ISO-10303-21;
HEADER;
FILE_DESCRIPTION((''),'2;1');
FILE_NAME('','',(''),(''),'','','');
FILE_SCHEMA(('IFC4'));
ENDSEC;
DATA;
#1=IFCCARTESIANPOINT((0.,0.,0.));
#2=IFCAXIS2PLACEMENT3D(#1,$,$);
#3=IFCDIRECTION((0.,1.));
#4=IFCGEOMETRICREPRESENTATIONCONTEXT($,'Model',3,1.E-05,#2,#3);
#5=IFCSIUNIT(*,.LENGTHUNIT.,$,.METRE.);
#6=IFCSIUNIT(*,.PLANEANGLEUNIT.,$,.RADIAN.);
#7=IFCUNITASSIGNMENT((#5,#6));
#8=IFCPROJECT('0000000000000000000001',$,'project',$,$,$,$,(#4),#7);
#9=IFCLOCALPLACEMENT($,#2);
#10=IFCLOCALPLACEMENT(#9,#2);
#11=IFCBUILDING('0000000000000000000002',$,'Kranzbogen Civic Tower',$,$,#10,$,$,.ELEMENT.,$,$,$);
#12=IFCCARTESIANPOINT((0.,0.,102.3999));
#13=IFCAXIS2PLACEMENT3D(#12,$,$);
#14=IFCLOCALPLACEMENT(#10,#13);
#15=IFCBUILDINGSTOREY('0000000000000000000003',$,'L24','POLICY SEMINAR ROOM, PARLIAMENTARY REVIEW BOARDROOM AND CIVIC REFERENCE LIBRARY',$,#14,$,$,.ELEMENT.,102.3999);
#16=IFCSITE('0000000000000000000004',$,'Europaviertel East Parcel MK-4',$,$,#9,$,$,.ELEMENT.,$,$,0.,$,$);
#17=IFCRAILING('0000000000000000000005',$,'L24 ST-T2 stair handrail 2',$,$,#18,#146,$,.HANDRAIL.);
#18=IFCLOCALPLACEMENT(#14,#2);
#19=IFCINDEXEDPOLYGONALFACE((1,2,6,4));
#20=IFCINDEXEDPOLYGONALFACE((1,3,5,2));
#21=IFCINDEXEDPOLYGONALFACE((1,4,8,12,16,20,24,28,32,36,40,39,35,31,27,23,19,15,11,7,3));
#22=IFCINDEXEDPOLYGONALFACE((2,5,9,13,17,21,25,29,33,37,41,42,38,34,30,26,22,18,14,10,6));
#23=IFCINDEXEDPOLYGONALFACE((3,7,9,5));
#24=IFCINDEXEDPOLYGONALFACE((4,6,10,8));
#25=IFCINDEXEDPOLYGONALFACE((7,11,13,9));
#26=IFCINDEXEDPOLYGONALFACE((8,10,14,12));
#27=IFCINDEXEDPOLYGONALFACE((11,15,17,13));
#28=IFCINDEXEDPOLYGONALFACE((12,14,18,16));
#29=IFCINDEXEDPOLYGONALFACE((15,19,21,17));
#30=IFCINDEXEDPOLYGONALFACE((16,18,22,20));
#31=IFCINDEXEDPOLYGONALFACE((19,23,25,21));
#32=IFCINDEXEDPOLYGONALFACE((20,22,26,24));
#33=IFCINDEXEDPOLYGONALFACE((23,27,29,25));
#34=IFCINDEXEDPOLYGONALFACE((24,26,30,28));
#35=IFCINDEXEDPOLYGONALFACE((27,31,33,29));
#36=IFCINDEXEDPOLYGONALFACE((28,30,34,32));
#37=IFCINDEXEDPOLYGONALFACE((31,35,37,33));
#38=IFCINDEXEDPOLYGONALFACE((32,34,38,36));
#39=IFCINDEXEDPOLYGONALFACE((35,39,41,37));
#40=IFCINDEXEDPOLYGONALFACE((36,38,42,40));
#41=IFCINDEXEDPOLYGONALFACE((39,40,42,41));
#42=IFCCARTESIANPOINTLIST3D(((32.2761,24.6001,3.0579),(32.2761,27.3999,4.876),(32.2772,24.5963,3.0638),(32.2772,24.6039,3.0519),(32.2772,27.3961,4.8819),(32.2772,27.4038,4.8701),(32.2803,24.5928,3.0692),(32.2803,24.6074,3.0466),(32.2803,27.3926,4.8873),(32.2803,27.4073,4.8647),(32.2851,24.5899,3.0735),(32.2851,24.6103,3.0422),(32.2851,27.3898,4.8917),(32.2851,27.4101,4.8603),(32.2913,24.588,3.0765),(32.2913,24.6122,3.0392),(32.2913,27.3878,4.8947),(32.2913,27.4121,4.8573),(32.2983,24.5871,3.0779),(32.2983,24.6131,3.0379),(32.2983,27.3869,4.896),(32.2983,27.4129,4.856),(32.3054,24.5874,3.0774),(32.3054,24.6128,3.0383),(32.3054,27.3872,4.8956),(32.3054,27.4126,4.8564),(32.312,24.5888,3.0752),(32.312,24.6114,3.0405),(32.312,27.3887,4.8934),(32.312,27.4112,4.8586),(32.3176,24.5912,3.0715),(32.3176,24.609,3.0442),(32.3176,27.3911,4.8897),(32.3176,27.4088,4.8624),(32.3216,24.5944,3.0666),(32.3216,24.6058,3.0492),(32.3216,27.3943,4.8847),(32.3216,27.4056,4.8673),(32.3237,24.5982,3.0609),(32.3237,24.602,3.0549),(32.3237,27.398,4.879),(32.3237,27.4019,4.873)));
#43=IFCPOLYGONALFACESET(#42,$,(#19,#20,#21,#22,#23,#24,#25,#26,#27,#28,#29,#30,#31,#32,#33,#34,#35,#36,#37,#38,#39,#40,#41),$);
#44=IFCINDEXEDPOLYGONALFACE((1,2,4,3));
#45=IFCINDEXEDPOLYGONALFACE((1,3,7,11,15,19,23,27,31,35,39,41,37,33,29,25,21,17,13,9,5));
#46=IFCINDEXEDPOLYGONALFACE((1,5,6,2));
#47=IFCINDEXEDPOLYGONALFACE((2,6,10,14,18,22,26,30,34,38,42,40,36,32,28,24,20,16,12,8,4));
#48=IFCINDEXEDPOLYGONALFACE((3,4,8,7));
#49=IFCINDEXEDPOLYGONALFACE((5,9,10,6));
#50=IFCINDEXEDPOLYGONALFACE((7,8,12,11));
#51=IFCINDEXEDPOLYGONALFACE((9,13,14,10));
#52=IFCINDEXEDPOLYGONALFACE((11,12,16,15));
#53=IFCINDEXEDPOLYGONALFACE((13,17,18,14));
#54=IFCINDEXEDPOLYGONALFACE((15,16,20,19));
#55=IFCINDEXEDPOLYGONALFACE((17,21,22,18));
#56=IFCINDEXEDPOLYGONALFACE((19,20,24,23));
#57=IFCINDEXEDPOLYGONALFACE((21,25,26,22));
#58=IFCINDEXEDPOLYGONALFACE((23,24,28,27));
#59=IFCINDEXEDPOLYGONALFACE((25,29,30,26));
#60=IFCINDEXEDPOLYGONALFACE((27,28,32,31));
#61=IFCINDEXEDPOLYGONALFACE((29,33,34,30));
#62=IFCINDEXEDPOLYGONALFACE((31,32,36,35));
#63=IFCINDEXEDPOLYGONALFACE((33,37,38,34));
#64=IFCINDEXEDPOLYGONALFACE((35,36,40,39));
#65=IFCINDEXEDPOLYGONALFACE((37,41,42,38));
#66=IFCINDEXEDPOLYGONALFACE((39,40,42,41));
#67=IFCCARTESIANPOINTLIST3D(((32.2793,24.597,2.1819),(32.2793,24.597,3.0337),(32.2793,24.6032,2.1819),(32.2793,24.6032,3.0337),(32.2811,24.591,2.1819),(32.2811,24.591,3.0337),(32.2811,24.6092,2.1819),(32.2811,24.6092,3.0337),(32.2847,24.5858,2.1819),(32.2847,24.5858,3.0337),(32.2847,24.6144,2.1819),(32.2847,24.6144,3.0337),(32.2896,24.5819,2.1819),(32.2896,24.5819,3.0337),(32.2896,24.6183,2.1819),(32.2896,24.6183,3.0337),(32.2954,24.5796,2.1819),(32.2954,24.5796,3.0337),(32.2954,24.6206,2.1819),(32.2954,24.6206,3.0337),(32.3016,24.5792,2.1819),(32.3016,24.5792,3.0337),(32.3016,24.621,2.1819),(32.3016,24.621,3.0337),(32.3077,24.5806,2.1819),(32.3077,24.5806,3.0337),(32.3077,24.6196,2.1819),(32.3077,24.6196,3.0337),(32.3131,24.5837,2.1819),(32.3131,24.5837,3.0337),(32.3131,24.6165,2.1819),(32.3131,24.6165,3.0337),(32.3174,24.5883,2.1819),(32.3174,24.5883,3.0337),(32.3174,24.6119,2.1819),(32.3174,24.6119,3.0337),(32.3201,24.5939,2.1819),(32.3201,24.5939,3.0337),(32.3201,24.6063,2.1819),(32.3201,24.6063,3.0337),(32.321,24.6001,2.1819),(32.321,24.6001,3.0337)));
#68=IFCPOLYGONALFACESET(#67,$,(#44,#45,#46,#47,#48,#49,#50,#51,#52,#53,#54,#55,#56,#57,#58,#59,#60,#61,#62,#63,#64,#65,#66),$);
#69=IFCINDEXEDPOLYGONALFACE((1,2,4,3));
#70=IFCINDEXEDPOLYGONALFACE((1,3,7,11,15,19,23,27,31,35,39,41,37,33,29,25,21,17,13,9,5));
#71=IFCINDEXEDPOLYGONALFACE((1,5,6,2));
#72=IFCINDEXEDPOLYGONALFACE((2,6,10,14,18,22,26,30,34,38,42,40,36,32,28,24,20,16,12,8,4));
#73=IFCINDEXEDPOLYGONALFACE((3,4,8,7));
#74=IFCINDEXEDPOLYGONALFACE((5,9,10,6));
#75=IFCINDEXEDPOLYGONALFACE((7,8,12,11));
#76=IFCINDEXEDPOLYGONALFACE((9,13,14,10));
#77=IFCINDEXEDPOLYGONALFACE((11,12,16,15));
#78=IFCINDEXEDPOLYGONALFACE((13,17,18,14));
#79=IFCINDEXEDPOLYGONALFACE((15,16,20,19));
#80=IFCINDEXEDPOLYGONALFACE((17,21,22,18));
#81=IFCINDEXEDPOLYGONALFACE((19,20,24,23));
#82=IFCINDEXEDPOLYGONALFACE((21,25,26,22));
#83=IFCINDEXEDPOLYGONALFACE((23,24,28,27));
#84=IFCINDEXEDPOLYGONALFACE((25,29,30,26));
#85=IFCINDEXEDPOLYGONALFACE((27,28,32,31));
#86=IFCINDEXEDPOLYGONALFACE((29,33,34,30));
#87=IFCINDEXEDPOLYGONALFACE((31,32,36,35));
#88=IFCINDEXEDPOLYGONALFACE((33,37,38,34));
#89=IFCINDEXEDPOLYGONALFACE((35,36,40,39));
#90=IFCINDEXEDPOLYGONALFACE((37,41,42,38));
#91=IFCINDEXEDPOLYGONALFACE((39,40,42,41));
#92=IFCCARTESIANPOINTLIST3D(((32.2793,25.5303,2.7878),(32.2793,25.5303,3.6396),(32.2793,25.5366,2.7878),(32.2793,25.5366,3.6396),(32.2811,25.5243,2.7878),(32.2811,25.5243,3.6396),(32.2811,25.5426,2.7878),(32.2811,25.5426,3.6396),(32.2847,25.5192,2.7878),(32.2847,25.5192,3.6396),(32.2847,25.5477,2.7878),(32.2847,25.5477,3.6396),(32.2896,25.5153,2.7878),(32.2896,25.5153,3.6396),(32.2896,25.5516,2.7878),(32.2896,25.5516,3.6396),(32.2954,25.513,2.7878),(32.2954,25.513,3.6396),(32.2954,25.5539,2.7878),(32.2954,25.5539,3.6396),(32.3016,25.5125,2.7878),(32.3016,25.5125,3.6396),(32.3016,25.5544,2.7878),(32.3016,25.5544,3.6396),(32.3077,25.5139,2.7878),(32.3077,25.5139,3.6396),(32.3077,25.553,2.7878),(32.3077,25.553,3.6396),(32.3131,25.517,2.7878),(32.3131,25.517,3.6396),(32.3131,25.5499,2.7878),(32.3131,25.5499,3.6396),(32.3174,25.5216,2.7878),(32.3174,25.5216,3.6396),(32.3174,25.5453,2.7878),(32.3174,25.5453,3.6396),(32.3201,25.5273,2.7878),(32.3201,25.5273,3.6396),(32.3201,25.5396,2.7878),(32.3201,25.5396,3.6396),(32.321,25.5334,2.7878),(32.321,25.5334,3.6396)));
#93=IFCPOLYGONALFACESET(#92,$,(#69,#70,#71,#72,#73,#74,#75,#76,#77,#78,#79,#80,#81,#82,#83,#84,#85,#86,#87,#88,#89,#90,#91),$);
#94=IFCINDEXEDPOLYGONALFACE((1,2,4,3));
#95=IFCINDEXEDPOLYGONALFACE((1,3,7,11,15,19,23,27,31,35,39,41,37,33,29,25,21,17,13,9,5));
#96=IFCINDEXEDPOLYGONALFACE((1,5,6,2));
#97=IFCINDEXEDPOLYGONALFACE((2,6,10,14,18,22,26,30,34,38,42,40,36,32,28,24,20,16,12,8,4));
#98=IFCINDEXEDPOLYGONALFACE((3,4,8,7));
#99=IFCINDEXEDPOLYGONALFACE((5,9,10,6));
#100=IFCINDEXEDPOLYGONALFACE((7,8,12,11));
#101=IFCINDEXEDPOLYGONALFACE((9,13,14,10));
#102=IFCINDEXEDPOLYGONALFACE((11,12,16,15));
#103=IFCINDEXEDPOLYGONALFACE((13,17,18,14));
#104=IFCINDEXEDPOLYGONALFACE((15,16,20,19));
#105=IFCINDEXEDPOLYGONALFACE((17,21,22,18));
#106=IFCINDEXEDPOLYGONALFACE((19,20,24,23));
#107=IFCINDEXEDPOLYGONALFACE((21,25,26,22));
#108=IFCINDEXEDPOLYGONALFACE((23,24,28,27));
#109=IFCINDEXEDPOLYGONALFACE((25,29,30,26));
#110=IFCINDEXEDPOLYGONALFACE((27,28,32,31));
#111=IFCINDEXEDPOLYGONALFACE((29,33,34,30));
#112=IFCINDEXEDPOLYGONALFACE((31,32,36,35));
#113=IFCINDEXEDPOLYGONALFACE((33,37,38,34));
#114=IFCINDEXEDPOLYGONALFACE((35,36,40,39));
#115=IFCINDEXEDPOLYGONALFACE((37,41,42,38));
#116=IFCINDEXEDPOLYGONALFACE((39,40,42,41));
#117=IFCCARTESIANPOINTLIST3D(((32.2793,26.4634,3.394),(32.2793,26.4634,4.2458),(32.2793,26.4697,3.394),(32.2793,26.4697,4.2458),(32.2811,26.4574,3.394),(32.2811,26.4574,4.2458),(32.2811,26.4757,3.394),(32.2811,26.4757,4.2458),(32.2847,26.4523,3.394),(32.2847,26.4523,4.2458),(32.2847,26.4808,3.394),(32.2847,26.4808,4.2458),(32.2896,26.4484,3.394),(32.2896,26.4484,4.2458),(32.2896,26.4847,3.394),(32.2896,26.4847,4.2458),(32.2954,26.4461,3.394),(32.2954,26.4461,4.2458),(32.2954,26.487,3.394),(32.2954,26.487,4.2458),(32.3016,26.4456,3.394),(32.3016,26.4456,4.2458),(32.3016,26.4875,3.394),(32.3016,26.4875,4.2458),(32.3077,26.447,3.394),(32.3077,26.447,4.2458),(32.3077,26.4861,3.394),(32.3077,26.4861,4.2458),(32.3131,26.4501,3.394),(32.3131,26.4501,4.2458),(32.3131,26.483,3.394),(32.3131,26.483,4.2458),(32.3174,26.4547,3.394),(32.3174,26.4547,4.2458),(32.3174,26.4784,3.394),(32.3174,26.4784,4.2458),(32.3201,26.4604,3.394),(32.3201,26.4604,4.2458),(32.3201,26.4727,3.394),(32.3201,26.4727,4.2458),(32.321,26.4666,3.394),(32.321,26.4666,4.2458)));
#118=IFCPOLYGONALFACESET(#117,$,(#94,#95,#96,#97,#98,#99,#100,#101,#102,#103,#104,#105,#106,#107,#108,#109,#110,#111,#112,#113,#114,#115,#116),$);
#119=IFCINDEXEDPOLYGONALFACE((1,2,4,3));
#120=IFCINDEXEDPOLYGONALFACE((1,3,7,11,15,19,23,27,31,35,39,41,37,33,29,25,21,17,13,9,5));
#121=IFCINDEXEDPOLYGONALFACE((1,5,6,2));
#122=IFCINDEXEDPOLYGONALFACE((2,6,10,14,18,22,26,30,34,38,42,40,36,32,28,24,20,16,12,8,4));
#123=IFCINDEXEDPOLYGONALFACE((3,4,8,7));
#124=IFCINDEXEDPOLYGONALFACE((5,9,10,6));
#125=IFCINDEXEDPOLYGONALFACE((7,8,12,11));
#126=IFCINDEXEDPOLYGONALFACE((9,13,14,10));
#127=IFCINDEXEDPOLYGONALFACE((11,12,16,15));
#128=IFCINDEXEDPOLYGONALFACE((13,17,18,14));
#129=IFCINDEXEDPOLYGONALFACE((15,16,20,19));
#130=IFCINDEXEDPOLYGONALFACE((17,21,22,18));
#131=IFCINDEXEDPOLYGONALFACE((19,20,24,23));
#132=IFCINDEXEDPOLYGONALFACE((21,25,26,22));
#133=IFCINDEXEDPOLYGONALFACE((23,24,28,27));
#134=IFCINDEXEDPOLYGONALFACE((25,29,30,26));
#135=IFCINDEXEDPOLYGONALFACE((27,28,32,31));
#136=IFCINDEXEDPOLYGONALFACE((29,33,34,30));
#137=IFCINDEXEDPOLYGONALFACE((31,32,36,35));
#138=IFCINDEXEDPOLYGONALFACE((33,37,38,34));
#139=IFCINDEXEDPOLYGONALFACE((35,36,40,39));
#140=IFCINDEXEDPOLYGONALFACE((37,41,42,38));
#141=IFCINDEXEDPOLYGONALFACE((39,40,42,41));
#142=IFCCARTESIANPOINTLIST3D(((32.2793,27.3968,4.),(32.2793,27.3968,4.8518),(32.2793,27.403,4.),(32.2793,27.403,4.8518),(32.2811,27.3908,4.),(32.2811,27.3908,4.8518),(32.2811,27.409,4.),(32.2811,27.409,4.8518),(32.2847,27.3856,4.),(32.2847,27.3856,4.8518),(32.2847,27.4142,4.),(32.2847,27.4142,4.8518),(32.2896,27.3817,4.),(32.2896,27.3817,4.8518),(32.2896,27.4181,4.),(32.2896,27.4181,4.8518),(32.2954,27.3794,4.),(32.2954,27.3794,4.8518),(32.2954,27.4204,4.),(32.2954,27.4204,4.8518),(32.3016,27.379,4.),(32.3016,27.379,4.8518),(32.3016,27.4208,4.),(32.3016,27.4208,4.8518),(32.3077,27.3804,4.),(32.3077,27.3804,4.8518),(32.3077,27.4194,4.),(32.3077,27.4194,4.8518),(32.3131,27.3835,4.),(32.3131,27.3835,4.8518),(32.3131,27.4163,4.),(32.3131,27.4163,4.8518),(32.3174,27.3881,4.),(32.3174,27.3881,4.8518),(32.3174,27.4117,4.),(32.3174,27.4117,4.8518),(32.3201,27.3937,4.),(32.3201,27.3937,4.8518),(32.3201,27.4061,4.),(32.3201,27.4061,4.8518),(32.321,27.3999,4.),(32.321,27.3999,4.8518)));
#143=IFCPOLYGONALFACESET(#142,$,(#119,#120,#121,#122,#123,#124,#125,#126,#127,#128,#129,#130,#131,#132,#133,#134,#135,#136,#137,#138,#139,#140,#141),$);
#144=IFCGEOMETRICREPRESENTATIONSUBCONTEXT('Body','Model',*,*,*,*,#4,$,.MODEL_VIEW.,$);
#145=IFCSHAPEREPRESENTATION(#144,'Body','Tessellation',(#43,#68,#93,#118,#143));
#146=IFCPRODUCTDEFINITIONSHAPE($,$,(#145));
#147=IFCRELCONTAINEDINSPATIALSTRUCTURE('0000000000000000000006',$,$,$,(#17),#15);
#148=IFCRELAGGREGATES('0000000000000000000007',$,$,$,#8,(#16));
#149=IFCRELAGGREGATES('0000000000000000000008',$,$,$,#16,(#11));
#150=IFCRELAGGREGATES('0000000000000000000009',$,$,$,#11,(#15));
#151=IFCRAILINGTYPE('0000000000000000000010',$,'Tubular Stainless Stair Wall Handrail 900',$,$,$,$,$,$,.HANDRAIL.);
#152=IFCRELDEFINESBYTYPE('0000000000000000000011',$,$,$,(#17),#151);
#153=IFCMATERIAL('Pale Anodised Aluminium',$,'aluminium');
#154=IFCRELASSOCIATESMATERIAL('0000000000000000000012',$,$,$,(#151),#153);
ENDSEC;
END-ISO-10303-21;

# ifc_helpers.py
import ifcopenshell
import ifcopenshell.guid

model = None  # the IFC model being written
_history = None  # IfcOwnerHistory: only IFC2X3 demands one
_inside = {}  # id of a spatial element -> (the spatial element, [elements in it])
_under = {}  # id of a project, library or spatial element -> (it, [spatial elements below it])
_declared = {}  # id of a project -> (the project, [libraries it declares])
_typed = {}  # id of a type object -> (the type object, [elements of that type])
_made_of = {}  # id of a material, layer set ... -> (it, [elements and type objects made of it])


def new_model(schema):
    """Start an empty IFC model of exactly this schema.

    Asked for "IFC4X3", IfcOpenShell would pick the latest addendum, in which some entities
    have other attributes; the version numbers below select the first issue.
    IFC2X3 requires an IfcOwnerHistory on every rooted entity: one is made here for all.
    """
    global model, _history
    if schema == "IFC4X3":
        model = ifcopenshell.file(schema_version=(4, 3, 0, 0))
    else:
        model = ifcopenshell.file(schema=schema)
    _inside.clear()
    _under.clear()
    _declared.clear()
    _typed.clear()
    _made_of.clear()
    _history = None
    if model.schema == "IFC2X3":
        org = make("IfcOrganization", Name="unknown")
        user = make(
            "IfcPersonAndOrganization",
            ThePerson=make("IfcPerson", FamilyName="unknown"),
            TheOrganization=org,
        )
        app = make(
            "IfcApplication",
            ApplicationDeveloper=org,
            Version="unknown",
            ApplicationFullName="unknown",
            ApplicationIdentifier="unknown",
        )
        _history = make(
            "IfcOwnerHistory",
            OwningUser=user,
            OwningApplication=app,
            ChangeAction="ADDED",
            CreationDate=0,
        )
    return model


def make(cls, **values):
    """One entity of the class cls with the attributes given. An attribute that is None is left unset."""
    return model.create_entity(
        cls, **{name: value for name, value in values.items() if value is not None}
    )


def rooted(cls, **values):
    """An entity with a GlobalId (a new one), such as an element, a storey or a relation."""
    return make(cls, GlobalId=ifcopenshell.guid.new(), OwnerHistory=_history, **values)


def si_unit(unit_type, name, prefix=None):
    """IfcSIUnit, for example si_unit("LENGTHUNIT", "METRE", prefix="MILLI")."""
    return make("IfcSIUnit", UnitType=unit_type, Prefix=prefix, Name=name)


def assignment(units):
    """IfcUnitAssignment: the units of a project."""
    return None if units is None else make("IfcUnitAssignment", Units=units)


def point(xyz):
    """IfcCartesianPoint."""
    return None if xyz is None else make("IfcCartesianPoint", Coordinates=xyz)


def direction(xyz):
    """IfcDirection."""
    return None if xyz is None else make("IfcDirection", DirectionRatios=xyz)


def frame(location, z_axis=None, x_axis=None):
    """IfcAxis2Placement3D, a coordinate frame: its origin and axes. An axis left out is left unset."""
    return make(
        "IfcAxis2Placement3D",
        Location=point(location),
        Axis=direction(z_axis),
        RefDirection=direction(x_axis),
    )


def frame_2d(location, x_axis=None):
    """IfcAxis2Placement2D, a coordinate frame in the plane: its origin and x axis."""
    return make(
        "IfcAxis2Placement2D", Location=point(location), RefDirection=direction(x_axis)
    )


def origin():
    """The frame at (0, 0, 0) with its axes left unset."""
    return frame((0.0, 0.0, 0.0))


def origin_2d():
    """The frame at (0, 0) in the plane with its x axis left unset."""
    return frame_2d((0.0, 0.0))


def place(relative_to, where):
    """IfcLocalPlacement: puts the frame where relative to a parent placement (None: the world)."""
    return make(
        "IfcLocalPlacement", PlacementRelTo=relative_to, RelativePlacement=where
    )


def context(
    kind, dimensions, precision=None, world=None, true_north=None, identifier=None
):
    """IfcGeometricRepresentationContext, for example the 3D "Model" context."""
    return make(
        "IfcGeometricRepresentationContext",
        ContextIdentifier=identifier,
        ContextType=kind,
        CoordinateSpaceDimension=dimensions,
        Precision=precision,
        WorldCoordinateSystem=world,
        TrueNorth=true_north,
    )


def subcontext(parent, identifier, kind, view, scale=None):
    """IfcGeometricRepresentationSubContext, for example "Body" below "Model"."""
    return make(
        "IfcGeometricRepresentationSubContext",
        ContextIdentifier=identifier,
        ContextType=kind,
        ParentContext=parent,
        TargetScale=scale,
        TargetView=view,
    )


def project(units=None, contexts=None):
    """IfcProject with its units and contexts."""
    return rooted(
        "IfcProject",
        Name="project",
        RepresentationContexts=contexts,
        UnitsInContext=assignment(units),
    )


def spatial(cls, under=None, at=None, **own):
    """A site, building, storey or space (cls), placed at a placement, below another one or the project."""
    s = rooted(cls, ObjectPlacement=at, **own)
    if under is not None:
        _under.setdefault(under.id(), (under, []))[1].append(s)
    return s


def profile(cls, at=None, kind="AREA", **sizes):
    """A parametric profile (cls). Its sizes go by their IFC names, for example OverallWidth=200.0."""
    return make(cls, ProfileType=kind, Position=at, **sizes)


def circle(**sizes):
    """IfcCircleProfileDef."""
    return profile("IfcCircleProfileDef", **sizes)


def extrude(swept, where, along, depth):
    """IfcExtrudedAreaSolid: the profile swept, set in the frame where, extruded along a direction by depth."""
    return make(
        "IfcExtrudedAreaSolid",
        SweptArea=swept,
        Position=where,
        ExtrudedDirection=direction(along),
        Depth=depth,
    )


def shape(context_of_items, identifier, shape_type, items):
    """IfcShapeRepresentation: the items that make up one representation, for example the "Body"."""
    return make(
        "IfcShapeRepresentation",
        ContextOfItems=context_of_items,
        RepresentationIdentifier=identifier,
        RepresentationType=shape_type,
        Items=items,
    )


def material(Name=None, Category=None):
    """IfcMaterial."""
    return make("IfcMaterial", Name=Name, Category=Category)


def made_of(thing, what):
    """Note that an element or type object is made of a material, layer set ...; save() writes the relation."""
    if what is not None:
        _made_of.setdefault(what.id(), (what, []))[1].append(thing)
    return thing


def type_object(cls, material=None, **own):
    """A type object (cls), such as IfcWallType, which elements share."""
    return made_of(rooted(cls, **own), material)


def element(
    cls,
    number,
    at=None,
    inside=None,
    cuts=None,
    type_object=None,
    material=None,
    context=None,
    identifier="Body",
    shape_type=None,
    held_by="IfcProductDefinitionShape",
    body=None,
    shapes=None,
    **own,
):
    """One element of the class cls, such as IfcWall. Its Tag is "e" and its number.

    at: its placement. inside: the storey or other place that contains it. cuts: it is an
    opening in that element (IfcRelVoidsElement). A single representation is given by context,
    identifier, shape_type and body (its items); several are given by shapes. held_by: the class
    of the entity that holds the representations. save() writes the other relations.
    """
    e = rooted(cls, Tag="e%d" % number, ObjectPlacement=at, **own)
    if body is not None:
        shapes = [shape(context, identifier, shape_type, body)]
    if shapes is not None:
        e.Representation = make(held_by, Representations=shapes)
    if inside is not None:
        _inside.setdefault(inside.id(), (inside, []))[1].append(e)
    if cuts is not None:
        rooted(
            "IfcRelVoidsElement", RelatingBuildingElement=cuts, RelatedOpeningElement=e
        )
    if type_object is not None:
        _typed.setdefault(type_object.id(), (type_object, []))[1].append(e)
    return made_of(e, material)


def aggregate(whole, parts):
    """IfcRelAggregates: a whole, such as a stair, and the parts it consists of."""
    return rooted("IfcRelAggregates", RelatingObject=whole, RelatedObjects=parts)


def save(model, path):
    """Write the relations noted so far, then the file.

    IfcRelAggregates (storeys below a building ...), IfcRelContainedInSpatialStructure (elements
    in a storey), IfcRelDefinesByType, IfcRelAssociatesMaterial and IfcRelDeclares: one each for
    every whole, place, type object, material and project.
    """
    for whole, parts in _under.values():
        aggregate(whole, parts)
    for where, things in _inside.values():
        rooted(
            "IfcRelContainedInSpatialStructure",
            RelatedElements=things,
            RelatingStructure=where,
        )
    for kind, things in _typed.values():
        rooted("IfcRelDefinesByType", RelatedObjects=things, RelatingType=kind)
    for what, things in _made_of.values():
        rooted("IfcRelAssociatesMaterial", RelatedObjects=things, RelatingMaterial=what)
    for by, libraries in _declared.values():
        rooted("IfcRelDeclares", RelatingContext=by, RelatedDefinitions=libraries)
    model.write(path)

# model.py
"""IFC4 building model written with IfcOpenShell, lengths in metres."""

from ifc_helpers import new_model, si_unit, direction, frame, origin, origin_2d, place, context, subcontext, project, spatial, circle, extrude, material, type_object, element, save


model = new_model("IFC4")

# Units and contexts
model_context = context("Model", 3, precision=1e-05, world=origin(), true_north=direction((0.0, 1.0)))
body_context = subcontext(model_context, "Body", "Model", "MODEL_VIEW")
ifc_project = project(units=[si_unit("LENGTHUNIT", "METRE"), si_unit("PLANEANGLEUNIT", "RADIAN")], contexts=[model_context])

# Site, building, storey
site_placement = place(None, origin())
site = spatial("IfcSite", under=ifc_project, at=site_placement, Name="Europaviertel East Parcel MK-4", CompositionType="ELEMENT", RefElevation=0.0)
building_placement = place(site_placement, origin())
building = spatial("IfcBuilding", under=site, at=building_placement, Name="Kranzbogen Civic Tower", CompositionType="ELEMENT")
storey_placement = place(building_placement, frame((0.0, 0.0, 102.3999)))
storey = spatial("IfcBuildingStorey", under=building, at=storey_placement, Name="L24", Description="POLICY SEMINAR ROOM, PARLIAMENTARY REVIEW BOARDROOM AND CIVIC REFERENCE LIBRARY", CompositionType="ELEMENT", Elevation=102.3999)

# Shared definitions
ifc_material_1 = material(Name="Pale Anodised Aluminium", Category="aluminium")

# Railing
railing_type_1 = type_object("IfcRailingType", Name="Tubular Stainless Stair Wall Handrail 900", PredefinedType="HANDRAIL", material=ifc_material_1)
railing_1_placement = place(storey_placement, frame((32.3, 24.6001, 2.1819)))
element("IfcRailing", 1, at=railing_1_placement, inside=storey, type_object=railing_type_1, Name="L24 ST-T2 stair handrail 2", PredefinedType="HANDRAIL", context=body_context, shape_type="SweptSolid", body=[
    extrude(circle(Radius=0.0239, at=origin_2d()), frame((0.0, 0.0, 0.876), z_axis=(0.0, 0.838684, 0.544618), x_axis=(-1.0, 0.0, 0.0)), (0.0, 0.0, 1.0), 3.3384),
    extrude(circle(Radius=0.021, at=origin_2d()), origin(), (0.0, 0.0, 1.0), 0.8518),
    extrude(circle(Radius=0.021, at=origin_2d()), frame((0.0, 0.9333, 0.606)), (0.0, 0.0, 1.0), 0.8518),
    extrude(circle(Radius=0.021, at=origin_2d()), frame((0.0, 1.8665, 1.2122)), (0.0, 0.0, 1.0), 0.8518),
    extrude(circle(Radius=0.021, at=origin_2d()), frame((0.0, 2.7998, 1.8181)), (0.0, 0.0, 1.0), 0.8518),
])

save(model, "model.ifc")
